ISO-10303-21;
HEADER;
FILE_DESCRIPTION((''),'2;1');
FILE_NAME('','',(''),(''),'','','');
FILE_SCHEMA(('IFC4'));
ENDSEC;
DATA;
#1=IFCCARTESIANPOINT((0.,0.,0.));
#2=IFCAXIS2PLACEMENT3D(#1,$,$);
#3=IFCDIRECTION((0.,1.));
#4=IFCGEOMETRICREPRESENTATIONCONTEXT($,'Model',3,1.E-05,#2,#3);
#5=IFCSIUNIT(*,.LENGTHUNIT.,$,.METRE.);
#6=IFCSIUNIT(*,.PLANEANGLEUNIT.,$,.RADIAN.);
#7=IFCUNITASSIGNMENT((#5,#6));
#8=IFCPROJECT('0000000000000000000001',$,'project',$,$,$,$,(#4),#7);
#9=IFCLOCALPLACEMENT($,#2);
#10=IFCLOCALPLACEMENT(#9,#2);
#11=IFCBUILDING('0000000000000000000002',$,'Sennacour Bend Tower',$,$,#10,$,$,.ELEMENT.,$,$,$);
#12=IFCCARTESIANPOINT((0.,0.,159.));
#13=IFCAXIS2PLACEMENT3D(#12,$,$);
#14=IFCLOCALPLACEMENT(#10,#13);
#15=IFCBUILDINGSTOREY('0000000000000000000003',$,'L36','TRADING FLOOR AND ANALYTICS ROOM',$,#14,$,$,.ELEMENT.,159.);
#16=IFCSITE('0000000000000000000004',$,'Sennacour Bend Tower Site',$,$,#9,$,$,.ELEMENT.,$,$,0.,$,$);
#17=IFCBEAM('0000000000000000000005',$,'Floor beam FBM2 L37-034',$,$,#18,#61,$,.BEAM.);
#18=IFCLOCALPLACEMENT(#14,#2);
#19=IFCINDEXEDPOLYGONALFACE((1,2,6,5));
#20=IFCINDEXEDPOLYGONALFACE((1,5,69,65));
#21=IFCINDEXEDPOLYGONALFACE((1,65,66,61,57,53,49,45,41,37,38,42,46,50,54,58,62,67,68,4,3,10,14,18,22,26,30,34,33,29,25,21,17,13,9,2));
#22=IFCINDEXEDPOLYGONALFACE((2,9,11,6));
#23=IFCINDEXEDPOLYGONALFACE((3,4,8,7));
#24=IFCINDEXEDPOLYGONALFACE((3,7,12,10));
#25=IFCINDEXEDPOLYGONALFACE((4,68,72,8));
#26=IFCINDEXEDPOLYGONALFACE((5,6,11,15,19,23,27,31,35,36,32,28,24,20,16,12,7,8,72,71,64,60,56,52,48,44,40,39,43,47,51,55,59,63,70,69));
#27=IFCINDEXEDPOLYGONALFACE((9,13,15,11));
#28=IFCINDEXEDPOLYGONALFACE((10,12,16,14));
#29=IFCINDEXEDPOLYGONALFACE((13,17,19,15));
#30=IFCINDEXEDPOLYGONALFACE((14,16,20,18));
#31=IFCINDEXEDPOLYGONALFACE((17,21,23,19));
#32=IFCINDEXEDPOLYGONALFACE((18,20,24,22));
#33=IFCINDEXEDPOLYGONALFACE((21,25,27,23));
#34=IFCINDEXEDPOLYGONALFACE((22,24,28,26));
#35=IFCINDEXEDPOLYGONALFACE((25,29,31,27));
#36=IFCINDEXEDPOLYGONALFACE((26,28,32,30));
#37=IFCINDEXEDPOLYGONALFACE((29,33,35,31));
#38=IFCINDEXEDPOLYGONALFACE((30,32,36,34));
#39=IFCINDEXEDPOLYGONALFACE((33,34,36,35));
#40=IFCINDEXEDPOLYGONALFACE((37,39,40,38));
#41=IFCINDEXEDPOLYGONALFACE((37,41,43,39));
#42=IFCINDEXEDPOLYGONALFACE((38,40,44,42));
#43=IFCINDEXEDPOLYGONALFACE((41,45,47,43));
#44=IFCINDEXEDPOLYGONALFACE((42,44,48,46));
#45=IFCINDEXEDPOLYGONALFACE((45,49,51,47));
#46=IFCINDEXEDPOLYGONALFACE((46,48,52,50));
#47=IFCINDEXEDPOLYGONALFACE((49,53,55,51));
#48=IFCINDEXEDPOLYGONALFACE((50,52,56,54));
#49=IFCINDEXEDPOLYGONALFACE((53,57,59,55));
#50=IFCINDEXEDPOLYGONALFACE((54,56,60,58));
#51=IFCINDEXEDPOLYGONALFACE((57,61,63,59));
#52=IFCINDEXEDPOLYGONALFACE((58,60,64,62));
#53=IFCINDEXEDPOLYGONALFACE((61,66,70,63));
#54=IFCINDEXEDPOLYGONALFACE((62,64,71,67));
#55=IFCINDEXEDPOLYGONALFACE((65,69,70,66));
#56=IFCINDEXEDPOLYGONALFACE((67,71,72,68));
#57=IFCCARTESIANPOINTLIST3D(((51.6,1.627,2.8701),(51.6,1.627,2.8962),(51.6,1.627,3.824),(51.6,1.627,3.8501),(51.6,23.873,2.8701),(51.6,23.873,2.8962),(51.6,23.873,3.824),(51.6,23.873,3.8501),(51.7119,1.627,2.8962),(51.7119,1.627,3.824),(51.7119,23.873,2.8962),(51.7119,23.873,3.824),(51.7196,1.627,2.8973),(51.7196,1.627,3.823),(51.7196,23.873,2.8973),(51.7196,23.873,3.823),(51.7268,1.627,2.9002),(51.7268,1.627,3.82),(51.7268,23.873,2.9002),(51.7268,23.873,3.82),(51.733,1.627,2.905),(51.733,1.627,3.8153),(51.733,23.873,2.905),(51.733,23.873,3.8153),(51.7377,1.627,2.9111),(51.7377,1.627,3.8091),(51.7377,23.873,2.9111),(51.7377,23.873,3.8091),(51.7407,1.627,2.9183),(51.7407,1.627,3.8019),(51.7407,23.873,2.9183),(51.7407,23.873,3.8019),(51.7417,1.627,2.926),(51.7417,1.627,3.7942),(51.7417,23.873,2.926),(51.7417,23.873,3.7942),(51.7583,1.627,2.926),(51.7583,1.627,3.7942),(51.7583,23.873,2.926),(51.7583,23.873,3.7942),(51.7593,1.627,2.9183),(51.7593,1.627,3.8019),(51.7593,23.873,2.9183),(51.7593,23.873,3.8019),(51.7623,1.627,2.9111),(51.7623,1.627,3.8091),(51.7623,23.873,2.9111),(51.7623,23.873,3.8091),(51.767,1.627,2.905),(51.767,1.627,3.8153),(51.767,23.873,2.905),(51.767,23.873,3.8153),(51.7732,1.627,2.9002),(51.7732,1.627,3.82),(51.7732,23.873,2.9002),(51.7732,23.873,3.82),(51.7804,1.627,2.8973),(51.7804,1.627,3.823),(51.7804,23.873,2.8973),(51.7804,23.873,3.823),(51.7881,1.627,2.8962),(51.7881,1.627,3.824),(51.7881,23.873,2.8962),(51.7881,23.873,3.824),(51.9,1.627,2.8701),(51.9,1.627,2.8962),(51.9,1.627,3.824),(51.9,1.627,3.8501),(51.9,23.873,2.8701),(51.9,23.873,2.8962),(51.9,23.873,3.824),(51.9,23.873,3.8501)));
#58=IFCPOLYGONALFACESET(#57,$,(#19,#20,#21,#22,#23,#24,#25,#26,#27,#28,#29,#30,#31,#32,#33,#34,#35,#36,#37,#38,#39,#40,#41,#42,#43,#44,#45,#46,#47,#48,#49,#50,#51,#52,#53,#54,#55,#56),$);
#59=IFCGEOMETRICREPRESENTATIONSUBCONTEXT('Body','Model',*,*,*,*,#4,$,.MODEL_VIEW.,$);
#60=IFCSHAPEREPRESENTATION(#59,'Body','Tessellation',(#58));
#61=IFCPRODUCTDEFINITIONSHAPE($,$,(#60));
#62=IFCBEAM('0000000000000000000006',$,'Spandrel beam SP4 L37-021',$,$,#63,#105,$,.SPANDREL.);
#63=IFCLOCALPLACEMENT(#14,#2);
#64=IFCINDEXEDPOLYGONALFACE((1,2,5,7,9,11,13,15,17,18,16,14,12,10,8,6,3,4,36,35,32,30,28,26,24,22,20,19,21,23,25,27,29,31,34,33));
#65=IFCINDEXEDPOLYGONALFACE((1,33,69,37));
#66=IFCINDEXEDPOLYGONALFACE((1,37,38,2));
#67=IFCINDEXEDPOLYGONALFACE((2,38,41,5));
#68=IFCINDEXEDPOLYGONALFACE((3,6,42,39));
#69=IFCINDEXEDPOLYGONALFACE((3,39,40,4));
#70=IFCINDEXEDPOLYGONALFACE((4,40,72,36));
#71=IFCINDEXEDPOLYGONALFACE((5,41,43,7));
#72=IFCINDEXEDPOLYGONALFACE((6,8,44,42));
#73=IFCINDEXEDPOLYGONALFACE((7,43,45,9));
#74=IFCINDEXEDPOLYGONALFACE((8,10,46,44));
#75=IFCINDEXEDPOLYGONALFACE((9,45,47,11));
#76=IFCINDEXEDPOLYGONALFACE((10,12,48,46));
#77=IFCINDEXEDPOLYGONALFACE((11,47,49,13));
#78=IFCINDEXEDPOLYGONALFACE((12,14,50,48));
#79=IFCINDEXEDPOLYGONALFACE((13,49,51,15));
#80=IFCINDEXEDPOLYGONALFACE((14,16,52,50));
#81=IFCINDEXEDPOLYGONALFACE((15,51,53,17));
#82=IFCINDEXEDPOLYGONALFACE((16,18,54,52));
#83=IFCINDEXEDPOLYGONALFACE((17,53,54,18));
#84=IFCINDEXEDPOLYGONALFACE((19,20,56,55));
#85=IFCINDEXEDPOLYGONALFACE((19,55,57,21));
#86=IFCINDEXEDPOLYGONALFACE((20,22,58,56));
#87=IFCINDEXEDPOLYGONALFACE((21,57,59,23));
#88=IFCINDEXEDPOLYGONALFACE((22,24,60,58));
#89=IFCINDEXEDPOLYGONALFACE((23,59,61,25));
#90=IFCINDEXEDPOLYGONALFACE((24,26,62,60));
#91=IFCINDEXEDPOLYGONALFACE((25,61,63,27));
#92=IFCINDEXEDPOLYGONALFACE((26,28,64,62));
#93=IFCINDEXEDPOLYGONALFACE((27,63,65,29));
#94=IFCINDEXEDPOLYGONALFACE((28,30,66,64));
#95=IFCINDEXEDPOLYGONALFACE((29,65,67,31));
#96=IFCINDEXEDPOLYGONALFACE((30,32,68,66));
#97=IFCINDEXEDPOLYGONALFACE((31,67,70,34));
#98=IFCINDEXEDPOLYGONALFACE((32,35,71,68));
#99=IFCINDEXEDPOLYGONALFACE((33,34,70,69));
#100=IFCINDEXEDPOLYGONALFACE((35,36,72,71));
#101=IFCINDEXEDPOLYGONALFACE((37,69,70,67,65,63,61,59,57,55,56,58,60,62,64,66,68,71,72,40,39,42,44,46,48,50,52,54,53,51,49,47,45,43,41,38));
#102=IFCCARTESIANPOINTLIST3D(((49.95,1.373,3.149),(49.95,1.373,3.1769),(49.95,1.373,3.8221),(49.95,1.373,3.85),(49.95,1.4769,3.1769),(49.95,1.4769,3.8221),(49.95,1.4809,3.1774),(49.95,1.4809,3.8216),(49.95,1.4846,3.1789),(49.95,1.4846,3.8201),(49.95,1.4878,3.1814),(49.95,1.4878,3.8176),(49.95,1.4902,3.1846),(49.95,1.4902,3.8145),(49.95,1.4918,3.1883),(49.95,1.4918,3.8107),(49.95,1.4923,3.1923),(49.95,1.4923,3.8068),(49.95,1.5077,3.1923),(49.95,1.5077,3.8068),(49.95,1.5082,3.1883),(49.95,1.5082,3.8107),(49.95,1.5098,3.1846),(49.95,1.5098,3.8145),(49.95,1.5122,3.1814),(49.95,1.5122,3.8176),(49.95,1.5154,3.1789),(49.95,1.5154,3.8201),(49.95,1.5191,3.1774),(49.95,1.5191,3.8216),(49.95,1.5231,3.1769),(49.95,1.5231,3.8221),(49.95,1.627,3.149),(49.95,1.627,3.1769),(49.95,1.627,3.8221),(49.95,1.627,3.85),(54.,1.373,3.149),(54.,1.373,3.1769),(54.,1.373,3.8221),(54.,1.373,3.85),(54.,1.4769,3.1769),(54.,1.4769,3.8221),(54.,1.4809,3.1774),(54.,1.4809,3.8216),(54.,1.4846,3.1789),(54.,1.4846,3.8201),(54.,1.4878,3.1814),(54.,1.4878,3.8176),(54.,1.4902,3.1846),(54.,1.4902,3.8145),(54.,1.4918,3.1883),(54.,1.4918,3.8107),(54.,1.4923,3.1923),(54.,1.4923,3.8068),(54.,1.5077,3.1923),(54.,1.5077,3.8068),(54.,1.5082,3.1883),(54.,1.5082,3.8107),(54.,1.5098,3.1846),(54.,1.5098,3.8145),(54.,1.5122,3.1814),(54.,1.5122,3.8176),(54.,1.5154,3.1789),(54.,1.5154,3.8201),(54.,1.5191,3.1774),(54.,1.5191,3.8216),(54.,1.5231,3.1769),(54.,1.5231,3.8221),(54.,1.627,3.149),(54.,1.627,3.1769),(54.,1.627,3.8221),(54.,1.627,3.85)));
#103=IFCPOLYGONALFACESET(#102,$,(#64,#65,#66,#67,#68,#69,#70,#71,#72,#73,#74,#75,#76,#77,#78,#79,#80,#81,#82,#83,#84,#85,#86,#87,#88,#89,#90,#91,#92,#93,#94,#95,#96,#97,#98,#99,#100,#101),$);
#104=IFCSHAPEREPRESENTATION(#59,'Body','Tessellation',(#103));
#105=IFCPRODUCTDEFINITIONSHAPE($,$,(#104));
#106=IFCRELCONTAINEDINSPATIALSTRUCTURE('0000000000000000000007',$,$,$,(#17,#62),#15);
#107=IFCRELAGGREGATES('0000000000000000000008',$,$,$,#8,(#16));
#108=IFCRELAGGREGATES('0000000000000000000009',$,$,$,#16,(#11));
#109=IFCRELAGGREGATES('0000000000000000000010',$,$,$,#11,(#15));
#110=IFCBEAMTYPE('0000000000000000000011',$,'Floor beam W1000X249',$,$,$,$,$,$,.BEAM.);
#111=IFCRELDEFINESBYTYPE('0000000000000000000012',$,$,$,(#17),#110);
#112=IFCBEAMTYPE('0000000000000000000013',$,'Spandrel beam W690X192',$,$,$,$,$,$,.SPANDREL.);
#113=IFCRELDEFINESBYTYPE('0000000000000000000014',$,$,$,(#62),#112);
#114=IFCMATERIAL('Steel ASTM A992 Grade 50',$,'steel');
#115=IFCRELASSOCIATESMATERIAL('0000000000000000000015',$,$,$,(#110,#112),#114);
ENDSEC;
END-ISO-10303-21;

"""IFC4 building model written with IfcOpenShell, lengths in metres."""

from ifc_helpers import new_model, si_unit, direction, frame, origin, origin_2d, place, context, subcontext, project, spatial, i_section, extrude, material, material_profile, profile_set, type_object, element, save


model = new_model("IFC4")

# Units and contexts
model_context = context("Model", 3, precision=1e-05, world=origin(), true_north=direction((0.0, 1.0)))
body_context = subcontext(model_context, "Body", "Model", "MODEL_VIEW")
ifc_project = project(units=[si_unit("LENGTHUNIT", "METRE"), si_unit("PLANEANGLEUNIT", "RADIAN")], contexts=[model_context])

# Site, building, storey
site_placement = place(None, origin())
site = spatial("IfcSite", under=ifc_project, at=site_placement, Name="Sennacour Bend Tower Site", CompositionType="ELEMENT", RefElevation=0.0)
building_placement = place(site_placement, origin())
building = spatial("IfcBuilding", under=site, at=building_placement, Name="Sennacour Bend Tower", CompositionType="ELEMENT")
storey_placement = place(building_placement, frame((0.0, 0.0, 159.0)))
storey = spatial("IfcBuildingStorey", under=building, at=storey_placement, Name="L36", Description="TRADING FLOOR AND ANALYTICS ROOM", CompositionType="ELEMENT", Elevation=159.0)

# Beams
ifc_material_1 = material(Name="Steel ASTM A992 Grade 50", Category="steel")
ifc_material_profile_1 = material_profile(ifc_material_1, i_section(OverallWidth=0.3, OverallDepth=0.98, WebThickness=0.0166, FlangeThickness=0.0261, FilletRadius=0.0298, at=origin_2d()), Name="Steel ASTM A992 Grade 50", Category="steel")
ifc_profile_set_1 = profile_set([ifc_material_profile_1], Name="Steel ASTM A992 Grade 50")
beam_type_1 = type_object("IfcBeamType", Name="Floor beam W1000X249", PredefinedType="BEAM", material=ifc_profile_set_1)
beam_1_placement = place(storey_placement, frame((51.75, 1.627, 3.3601), z_axis=(0.0, 1.0, 0.0), x_axis=(-1.0, 0.0, 0.0)))
element("IfcBeam", 1, at=beam_1_placement, inside=storey, type_object=beam_type_1, Name="Floor beam FBM2 L37-034", PredefinedType="BEAM", context=body_context, shape_type="SweptSolid", body=[
    extrude(i_section(OverallWidth=0.3, OverallDepth=0.98, WebThickness=0.0166, FlangeThickness=0.0261, FilletRadius=0.0298, at=origin_2d()), origin(), (0.0, 0.0, 1.0), 22.2461),
])
ifc_material_profile_2 = material_profile(ifc_material_1, i_section(OverallWidth=0.2539, OverallDepth=0.7009, WebThickness=0.0154, FlangeThickness=0.0278, FilletRadius=0.0154, at=origin_2d()), Name="Steel ASTM A992 Grade 50", Category="steel")
ifc_profile_set_2 = profile_set([ifc_material_profile_2], Name="Steel ASTM A992 Grade 50")
beam_type_2 = type_object("IfcBeamType", Name="Spandrel beam W690X192", PredefinedType="SPANDREL", material=ifc_profile_set_2)
beam_2_placement = place(storey_placement, frame((54.0, 1.5, 3.4995), z_axis=(-1.0, 0.0, 0.0), x_axis=(0.0, -1.0, 0.0)))
element("IfcBeam", 2, at=beam_2_placement, inside=storey, type_object=beam_type_2, Name="Spandrel beam SP4 L37-021", PredefinedType="SPANDREL", context=body_context, shape_type="SweptSolid", body=[
    extrude(i_section(OverallWidth=0.2539, OverallDepth=0.7009, WebThickness=0.0154, FlangeThickness=0.0278, FilletRadius=0.0154, at=origin_2d()), origin(), (0.0, 0.0, 1.0), 4.05),
])

save(model, "model.ifc")
